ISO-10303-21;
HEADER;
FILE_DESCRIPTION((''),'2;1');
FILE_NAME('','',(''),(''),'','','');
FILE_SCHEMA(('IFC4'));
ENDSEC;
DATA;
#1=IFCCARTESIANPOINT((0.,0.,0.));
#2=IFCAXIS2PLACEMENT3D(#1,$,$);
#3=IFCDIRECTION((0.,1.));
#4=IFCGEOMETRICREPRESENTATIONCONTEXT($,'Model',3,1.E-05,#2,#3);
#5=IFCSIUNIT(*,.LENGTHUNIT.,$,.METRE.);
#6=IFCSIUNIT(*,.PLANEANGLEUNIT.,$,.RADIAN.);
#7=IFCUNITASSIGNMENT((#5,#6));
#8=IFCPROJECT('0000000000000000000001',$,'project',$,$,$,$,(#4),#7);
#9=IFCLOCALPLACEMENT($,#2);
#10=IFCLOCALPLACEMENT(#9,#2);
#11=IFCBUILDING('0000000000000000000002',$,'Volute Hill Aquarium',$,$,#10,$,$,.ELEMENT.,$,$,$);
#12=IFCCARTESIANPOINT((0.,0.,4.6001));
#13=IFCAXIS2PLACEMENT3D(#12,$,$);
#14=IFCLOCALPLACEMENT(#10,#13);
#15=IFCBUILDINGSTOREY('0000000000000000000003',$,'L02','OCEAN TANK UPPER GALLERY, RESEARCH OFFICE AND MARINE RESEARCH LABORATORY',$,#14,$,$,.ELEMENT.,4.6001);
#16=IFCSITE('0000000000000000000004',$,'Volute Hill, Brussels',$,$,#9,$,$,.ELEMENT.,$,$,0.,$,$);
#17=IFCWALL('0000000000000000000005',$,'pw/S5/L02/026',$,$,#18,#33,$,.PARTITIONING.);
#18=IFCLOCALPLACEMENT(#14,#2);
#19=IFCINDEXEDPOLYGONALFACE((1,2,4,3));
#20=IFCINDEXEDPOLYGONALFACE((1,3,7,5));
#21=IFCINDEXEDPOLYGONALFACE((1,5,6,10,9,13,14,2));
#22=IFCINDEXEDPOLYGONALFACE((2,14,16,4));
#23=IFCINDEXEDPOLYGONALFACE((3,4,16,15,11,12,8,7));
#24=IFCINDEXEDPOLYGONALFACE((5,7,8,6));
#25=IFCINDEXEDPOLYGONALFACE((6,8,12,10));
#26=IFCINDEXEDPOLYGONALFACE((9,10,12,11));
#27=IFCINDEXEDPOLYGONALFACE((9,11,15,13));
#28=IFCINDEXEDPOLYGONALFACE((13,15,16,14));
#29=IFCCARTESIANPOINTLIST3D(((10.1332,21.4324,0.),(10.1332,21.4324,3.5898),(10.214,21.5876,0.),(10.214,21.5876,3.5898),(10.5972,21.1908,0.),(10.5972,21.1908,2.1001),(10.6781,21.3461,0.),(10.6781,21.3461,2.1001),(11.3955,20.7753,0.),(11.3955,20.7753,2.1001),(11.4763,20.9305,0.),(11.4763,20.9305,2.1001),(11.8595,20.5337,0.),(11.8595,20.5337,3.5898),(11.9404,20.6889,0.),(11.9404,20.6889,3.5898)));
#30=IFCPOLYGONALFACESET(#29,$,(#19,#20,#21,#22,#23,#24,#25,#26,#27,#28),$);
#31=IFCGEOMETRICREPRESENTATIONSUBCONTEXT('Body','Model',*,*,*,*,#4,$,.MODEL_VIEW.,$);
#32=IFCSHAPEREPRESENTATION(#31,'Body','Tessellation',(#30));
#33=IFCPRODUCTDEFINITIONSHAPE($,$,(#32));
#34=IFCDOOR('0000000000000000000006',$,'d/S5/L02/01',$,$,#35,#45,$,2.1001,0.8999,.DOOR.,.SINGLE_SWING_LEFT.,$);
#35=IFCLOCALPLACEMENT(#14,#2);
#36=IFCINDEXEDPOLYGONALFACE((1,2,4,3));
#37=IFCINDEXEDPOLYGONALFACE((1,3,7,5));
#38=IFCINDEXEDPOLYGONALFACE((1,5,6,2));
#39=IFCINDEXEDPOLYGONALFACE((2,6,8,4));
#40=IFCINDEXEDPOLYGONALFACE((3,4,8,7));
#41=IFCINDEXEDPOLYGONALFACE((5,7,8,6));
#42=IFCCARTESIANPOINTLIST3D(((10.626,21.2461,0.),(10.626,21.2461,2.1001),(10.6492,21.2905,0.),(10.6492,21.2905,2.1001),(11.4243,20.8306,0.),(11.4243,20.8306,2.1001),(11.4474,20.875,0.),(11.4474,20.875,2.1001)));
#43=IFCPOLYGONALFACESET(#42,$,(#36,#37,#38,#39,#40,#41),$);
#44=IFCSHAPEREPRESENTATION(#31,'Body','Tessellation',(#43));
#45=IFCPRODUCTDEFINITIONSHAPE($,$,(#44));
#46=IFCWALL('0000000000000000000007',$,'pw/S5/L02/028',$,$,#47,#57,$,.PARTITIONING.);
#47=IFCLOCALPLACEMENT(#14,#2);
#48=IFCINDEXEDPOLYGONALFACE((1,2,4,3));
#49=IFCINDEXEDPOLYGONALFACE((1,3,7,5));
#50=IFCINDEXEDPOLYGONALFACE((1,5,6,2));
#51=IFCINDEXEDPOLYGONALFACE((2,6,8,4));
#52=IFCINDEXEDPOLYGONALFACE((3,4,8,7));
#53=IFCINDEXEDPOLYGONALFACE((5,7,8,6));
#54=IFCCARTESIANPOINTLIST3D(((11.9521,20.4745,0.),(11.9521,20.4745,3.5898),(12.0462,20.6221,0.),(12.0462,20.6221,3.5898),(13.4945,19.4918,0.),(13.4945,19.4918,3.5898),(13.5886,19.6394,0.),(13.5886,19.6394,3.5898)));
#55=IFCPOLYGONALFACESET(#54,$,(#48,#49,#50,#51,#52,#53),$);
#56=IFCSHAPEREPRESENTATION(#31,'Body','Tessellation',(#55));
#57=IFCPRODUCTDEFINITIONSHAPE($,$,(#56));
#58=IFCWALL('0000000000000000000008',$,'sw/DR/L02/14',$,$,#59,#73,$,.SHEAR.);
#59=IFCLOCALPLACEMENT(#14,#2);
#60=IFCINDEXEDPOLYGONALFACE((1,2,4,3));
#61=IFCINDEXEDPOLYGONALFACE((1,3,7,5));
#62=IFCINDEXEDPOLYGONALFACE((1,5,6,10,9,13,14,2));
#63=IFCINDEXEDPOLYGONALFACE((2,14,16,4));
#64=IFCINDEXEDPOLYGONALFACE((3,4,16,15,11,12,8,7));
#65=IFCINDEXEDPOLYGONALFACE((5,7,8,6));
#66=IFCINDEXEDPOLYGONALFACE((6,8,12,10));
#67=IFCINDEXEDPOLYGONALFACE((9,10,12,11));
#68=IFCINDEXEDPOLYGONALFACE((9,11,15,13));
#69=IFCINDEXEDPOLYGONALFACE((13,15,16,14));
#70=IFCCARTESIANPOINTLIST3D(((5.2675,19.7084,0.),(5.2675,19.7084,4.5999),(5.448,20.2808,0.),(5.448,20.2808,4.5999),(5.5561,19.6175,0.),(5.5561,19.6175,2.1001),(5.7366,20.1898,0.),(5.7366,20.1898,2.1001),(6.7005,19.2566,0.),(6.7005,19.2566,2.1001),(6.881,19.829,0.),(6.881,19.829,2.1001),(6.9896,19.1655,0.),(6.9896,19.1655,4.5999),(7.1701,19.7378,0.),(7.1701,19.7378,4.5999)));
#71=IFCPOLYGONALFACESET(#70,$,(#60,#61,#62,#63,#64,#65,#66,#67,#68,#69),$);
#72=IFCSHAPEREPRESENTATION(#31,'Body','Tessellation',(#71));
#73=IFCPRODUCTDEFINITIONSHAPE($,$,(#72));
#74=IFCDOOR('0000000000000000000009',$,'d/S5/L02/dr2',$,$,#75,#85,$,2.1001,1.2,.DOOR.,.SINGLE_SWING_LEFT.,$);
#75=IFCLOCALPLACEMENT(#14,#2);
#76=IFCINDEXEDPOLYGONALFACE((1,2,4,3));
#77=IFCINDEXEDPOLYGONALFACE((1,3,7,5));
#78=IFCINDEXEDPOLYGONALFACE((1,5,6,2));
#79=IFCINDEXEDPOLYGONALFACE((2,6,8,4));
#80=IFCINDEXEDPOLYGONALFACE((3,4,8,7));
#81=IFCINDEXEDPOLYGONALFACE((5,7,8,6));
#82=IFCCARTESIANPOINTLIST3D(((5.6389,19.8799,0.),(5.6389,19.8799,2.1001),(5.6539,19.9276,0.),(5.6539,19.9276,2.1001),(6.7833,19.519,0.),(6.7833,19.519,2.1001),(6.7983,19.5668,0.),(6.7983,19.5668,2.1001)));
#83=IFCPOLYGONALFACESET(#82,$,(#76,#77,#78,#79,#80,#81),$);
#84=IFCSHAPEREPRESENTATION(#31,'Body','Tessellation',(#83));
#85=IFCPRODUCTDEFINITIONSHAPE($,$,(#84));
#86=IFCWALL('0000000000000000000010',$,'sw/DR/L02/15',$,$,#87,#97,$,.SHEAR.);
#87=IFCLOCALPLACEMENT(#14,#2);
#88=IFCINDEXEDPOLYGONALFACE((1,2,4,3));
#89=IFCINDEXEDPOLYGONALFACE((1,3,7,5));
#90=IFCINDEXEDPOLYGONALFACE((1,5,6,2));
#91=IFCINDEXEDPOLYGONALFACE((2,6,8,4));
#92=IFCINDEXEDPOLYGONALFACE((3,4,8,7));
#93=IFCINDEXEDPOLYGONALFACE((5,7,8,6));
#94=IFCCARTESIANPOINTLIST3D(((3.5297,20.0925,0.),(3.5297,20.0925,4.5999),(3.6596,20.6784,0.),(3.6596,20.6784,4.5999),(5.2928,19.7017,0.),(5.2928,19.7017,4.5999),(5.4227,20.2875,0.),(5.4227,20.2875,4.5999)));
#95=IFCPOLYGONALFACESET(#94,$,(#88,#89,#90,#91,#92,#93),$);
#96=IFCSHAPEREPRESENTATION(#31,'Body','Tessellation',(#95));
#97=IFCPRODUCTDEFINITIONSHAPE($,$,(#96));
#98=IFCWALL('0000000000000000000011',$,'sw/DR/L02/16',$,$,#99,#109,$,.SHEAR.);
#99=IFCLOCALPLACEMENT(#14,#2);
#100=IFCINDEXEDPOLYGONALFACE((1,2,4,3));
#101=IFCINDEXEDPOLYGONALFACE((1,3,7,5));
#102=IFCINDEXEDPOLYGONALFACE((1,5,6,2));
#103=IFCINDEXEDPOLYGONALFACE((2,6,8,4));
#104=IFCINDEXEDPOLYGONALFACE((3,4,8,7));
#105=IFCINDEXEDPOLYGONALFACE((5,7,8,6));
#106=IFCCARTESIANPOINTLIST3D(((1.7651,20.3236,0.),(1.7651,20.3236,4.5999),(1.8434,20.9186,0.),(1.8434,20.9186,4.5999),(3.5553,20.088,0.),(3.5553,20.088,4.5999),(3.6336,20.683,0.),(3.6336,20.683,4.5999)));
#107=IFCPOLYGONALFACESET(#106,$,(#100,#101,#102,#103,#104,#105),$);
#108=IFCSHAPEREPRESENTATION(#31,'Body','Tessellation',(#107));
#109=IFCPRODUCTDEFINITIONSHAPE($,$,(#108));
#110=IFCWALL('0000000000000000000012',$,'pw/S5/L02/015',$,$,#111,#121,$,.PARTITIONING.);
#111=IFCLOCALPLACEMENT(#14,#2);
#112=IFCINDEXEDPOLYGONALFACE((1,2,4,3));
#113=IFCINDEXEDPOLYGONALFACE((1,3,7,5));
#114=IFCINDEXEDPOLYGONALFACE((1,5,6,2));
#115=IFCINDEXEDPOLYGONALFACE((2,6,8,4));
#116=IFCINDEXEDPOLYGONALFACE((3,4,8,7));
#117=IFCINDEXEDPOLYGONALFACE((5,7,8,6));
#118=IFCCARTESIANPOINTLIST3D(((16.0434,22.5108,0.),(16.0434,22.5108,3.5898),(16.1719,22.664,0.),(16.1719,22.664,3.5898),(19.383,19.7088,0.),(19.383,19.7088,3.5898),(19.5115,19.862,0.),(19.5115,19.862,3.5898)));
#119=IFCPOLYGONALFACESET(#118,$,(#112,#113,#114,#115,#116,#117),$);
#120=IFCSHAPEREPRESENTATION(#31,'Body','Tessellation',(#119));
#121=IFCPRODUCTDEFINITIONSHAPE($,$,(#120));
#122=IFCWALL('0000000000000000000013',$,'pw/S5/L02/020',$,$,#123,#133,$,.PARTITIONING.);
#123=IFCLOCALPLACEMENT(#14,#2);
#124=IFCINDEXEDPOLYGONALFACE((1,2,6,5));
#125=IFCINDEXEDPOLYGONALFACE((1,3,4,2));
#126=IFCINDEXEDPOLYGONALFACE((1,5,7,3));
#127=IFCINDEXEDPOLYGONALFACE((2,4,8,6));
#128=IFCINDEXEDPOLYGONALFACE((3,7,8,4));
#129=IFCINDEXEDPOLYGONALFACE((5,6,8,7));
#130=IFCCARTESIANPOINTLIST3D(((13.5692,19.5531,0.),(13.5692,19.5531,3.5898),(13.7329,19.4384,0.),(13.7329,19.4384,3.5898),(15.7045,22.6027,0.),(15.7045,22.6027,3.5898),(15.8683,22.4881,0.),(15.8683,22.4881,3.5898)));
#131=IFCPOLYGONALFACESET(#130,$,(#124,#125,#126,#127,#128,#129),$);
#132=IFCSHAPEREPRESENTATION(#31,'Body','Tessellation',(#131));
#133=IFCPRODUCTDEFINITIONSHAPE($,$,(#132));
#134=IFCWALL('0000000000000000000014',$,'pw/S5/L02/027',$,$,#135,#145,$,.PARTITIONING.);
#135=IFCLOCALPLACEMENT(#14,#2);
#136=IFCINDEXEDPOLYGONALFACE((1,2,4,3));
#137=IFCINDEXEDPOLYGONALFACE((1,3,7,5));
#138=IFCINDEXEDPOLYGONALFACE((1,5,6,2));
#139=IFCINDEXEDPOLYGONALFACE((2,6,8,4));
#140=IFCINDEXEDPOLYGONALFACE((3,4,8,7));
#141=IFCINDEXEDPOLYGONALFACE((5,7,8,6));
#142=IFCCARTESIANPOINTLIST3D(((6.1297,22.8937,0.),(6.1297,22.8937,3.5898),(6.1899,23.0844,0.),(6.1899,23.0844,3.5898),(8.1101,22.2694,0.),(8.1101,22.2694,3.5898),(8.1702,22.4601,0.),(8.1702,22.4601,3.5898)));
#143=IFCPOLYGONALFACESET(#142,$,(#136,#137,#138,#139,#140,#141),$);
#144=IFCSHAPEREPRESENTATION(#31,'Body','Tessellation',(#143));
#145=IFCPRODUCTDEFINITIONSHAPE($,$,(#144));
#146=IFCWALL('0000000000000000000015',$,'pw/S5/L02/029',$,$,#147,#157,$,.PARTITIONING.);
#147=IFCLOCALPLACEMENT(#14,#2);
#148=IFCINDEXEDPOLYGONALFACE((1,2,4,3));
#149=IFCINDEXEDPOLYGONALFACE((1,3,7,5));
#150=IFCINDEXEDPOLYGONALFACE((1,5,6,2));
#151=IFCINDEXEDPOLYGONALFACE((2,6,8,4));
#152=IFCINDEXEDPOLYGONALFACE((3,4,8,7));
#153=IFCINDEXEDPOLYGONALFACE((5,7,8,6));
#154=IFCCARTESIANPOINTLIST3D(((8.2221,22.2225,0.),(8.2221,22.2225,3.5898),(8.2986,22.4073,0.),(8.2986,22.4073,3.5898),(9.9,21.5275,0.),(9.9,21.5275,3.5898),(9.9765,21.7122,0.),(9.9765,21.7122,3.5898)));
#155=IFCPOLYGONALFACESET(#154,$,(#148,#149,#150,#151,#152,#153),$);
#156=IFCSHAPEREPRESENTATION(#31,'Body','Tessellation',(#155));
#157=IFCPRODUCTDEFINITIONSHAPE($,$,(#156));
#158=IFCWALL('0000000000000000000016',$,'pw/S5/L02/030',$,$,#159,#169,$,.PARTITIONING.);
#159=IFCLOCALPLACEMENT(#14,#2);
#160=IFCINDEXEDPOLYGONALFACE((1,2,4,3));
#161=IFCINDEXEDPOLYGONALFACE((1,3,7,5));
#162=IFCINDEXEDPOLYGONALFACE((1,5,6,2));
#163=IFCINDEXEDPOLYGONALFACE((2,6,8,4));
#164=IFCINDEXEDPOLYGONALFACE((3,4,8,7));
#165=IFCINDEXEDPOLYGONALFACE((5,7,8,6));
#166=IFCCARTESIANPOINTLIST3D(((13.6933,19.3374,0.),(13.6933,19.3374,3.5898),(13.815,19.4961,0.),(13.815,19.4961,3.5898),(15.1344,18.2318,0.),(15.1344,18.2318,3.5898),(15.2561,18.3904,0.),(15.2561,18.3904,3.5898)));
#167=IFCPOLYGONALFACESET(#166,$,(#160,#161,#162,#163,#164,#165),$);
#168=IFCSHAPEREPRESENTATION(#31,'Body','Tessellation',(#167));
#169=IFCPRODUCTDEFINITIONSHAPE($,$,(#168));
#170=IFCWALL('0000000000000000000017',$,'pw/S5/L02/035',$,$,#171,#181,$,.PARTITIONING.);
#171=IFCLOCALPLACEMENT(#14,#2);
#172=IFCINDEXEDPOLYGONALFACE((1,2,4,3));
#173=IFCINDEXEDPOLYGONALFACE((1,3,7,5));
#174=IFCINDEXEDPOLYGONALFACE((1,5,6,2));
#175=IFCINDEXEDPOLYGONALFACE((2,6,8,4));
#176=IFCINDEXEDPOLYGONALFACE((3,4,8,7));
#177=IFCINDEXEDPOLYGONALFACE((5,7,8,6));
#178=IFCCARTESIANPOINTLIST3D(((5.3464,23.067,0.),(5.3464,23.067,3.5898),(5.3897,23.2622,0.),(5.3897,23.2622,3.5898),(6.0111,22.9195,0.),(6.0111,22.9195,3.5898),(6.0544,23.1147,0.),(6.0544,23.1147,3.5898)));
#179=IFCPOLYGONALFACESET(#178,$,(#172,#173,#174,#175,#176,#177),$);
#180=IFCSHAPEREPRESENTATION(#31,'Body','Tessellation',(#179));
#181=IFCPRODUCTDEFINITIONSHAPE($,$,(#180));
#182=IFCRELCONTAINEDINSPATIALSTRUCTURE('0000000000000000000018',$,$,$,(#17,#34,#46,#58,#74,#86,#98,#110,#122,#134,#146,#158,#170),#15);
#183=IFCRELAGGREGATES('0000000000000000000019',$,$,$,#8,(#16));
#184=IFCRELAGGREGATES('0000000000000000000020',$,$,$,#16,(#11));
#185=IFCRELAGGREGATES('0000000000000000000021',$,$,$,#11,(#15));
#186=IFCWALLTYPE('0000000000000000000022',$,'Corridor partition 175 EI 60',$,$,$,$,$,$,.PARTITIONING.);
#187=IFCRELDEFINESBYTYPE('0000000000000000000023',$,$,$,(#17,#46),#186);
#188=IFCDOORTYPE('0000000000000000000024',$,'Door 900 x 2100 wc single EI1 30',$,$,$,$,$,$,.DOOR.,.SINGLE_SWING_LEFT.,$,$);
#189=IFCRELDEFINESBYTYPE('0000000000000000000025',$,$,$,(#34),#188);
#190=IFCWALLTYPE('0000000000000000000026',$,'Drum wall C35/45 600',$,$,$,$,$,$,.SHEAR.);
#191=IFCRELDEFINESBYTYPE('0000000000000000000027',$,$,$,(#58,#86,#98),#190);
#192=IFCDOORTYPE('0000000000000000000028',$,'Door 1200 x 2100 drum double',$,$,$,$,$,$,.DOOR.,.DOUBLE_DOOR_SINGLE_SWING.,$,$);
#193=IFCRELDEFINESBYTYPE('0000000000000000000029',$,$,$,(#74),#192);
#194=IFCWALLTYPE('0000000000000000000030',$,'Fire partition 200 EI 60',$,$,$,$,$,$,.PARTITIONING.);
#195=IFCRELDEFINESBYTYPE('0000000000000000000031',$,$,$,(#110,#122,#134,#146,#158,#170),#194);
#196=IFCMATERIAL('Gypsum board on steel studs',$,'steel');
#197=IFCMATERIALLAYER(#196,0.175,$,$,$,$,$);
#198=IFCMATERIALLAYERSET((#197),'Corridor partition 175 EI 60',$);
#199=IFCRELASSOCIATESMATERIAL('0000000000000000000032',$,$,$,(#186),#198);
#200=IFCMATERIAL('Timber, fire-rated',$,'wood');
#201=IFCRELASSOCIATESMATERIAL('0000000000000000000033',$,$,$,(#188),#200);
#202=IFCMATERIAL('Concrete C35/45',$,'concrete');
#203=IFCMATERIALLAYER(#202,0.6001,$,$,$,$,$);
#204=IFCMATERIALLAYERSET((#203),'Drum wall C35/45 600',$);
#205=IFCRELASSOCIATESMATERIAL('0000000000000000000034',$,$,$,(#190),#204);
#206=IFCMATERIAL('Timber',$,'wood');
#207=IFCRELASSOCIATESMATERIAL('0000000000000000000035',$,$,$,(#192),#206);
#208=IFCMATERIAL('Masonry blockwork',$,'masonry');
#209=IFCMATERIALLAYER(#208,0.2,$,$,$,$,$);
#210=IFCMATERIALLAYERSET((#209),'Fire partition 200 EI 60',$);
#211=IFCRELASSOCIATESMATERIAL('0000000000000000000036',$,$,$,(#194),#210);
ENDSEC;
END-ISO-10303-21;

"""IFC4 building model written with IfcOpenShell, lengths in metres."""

from ifc_helpers import new_model, si_unit, direction, frame, frame_2d, origin, place, context, subcontext, project, spatial, rectangle, extrude, material, layer, layer_set, type_object, element, fill, save


model = new_model("IFC4")

# Units and contexts
model_context = context("Model", 3, precision=1e-05, world=origin(), true_north=direction((0.0, 1.0)))
body_context = subcontext(model_context, "Body", "Model", "MODEL_VIEW")
ifc_project = project(units=[si_unit("LENGTHUNIT", "METRE"), si_unit("PLANEANGLEUNIT", "RADIAN")], contexts=[model_context])

# Site, building, storey
site_placement = place(None, origin())
site = spatial("IfcSite", under=ifc_project, at=site_placement, Name="Volute Hill, Brussels", CompositionType="ELEMENT", RefElevation=0.0)
building_placement = place(site_placement, origin())
building = spatial("IfcBuilding", under=site, at=building_placement, Name="Volute Hill Aquarium", CompositionType="ELEMENT")
storey_placement = place(building_placement, frame((0.0, 0.0, 4.6001)))
storey = spatial("IfcBuildingStorey", under=building, at=storey_placement, Name="L02", Description="OCEAN TANK UPPER GALLERY, RESEARCH OFFICE AND MARINE RESEARCH LABORATORY", CompositionType="ELEMENT", Elevation=4.6001)

# Wall, opening, door
ifc_material_1 = material(Name="Gypsum board on steel studs", Category="steel")
ifc_layer_1 = layer(ifc_material_1, 0.175)
ifc_layer_set_1 = layer_set([ifc_layer_1], Name="Corridor partition 175 EI 60")
wall_type_1 = type_object("IfcWallType", Name="Corridor partition 175 EI 60", PredefinedType="PARTITIONING", material=ifc_layer_set_1)
wall_1_placement = place(storey_placement, frame((10.1736, 21.51, 0.0), z_axis=(0.0, 0.0, 1.0), x_axis=(0.887007, -0.461756, 0.0)))
wall_1 = element("IfcWall", 1, at=wall_1_placement, inside=storey, type_object=wall_type_1, Name="pw/S5/L02/026", PredefinedType="PARTITIONING", context=body_context, shape_type="SweptSolid", body=[
    extrude(rectangle(XDim=1.9463, YDim=0.175, at=frame_2d((0.9731, 0.0))), origin(), (0.0, 0.0, 1.0), 3.5898),
])
opening_1_placement = place(wall_1_placement, frame((0.5232, 0.0, 0.0)))
opening_1 = element("IfcOpeningElement", 2, at=opening_1_placement, cuts=wall_1, PredefinedType="OPENING", context=body_context, shape_type="SweptSolid", body=[
    extrude(rectangle(XDim=0.8999, YDim=2.1001, at=frame_2d((0.45, 1.05))), frame((0.0, 0.0974, 0.0), z_axis=(0.0, -1.0, 0.0), x_axis=(1.0, 0.0, 0.0)), (0.0, 0.0, 1.0), 0.1951),
])
ifc_material_2 = material(Name="Timber, fire-rated", Category="wood")
door_type_1 = type_object("IfcDoorType", Name="Door 900 x 2100 wc single EI1 30", OperationType="SINGLE_SWING_LEFT", PredefinedType="DOOR", material=ifc_material_2)
door_1_placement = place(opening_1_placement, origin())
door_1 = element("IfcDoor", 3, at=door_1_placement, inside=storey, type_object=door_type_1, Name="d/S5/L02/01", OperationType="SINGLE_SWING_LEFT", OverallHeight=2.1001, OverallWidth=0.8999, PredefinedType="DOOR", context=body_context, shape_type="SweptSolid", body=[
    extrude(rectangle(XDim=0.8999, YDim=2.1001, at=frame_2d((0.45, 1.05))), frame((0.0, 0.0249, 0.0), z_axis=(0.0, -1.0, 0.0), x_axis=(1.0, 0.0, 0.0)), (0.0, 0.0, 1.0), 0.05),
])
fill(opening_1, door_1)

# Wall
wall_2_placement = place(storey_placement, frame((11.999, 20.5483, 0.0), z_axis=(0.0, 0.0, 1.0), x_axis=(0.843392, -0.537299, 0.0)))
element("IfcWall", 4, at=wall_2_placement, inside=storey, type_object=wall_type_1, Name="pw/S5/L02/028", PredefinedType="PARTITIONING", context=body_context, shape_type="SweptSolid", body=[
    extrude(rectangle(XDim=1.8289, YDim=0.175, at=frame_2d((0.9146, 0.0))), origin(), (0.0, 0.0, 1.0), 3.5898),
])

# Wall, opening, door
ifc_material_3 = material(Name="Concrete C35/45", Category="concrete")
ifc_layer_2 = layer(ifc_material_3, 0.6001)
ifc_layer_set_2 = layer_set([ifc_layer_2], Name="Drum wall C35/45 600")
wall_type_2 = type_object("IfcWallType", Name="Drum wall C35/45 600", PredefinedType="SHEAR", material=ifc_layer_set_2)
wall_3_placement = place(storey_placement, frame((7.0798, 19.4517, 0.0), z_axis=(0.0, 0.0, 1.0), x_axis=(-0.953722, 0.300691, 0.0)))
wall_3 = element("IfcWall", 5, at=wall_3_placement, inside=storey, type_object=wall_type_2, Name="sw/DR/L02/14", PredefinedType="SHEAR", context=body_context, shape_type="SweptSolid", body=[
    extrude(rectangle(XDim=1.8057, YDim=0.6001, at=frame_2d((0.9028, 0.0))), origin(), (0.0, 0.0, 1.0), 4.5999),
])
opening_2_placement = place(wall_3_placement, frame((0.303, 0.0, 0.0)))
opening_2 = element("IfcOpeningElement", 6, at=opening_2_placement, cuts=wall_3, PredefinedType="OPENING", context=body_context, shape_type="SweptSolid", body=[
    extrude(rectangle(XDim=1.2, YDim=2.1001, at=frame_2d((0.6001, 1.05))), frame((0.0, 0.3101, 0.0), z_axis=(0.0, -1.0, 0.0), x_axis=(1.0, 0.0, 0.0)), (0.0, 0.0, 1.0), 0.6201),
])
ifc_material_4 = material(Name="Timber", Category="wood")
door_type_2 = type_object("IfcDoorType", Name="Door 1200 x 2100 drum double", OperationType="DOUBLE_DOOR_SINGLE_SWING", PredefinedType="DOOR", material=ifc_material_4)
door_2_placement = place(opening_2_placement, origin())
door_2 = element("IfcDoor", 7, at=door_2_placement, inside=storey, type_object=door_type_2, Name="d/S5/L02/dr2", OperationType="SINGLE_SWING_LEFT", OverallHeight=2.1001, OverallWidth=1.2, PredefinedType="DOOR", context=body_context, shape_type="SweptSolid", body=[
    extrude(rectangle(XDim=1.2, YDim=2.1001, at=frame_2d((0.6001, 1.05))), frame((0.0, 0.0249, 0.0), z_axis=(0.0, -1.0, 0.0), x_axis=(1.0, 0.0, 0.0)), (0.0, 0.0, 1.0), 0.05),
])
fill(opening_2, door_2)

# Walls
wall_4_placement = place(storey_placement, frame((5.3577, 19.9946, 0.0), z_axis=(0.0, 0.0, 1.0), x_axis=(-0.976298, 0.216429, 0.0)))
element("IfcWall", 8, at=wall_4_placement, inside=storey, type_object=wall_type_2, Name="sw/DR/L02/15", PredefinedType="SHEAR", context=body_context, shape_type="SweptSolid", body=[
    extrude(rectangle(XDim=1.8059, YDim=0.6001, at=frame_2d((0.9028, 0.0))), origin(), (0.0, 0.0, 1.0), 4.5999),
])
wall_5_placement = place(storey_placement, frame((3.5945, 20.3855, 0.0), z_axis=(0.0, 0.0, 1.0), x_axis=(-0.991452, 0.130472, 0.0)))
element("IfcWall", 9, at=wall_5_placement, inside=storey, type_object=wall_type_2, Name="sw/DR/L02/16", PredefinedType="SHEAR", context=body_context, shape_type="SweptSolid", body=[
    extrude(rectangle(XDim=1.8057, YDim=0.6001, at=frame_2d((0.9028, 0.0))), origin(), (0.0, 0.0, 1.0), 4.5999),
])
ifc_material_5 = material(Name="Masonry blockwork", Category="masonry")
ifc_layer_3 = layer(ifc_material_5, 0.2)
ifc_layer_set_3 = layer_set([ifc_layer_3], Name="Fire partition 200 EI 60")
wall_type_3 = type_object("IfcWallType", Name="Fire partition 200 EI 60", PredefinedType="PARTITIONING", material=ifc_layer_set_3)
wall_6_placement = place(storey_placement, frame((16.1077, 22.5874, 0.0), z_axis=(0.0, 0.0, 1.0), x_axis=(0.766073, -0.642753, 0.0)))
element("IfcWall", 10, at=wall_6_placement, inside=storey, type_object=wall_type_3, Name="pw/S5/L02/015", PredefinedType="PARTITIONING", context=body_context, shape_type="SweptSolid", body=[
    extrude(rectangle(XDim=4.3594, YDim=0.2, at=frame_2d((2.1797, 0.0))), origin(), (0.0, 0.0, 1.0), 3.5898),
])
wall_7_placement = place(storey_placement, frame((13.6511, 19.4958, 0.0), z_axis=(0.0, 0.0, 1.0), x_axis=(0.573564, 0.819161, 0.0)))
element("IfcWall", 11, at=wall_7_placement, inside=storey, type_object=wall_type_3, Name="pw/S5/L02/020", PredefinedType="PARTITIONING", context=body_context, shape_type="SweptSolid", body=[
    extrude(rectangle(XDim=3.7229, YDim=0.2, at=frame_2d((1.8613, 0.0))), origin(), (0.0, 0.0, 1.0), 3.5898),
])
wall_8_placement = place(storey_placement, frame((6.1599, 22.989, 0.0), z_axis=(0.0, 0.0, 1.0), x_axis=(0.95373, -0.300664, 0.0)))
element("IfcWall", 12, at=wall_8_placement, inside=storey, type_object=wall_type_3, Name="pw/S5/L02/027", PredefinedType="PARTITIONING", context=body_context, shape_type="SweptSolid", body=[
    extrude(rectangle(XDim=2.0764, YDim=0.2, at=frame_2d((1.0381, 0.0))), origin(), (0.0, 0.0, 1.0), 3.5898),
])
wall_9_placement = place(storey_placement, frame((8.2603, 22.3149, 0.0), z_axis=(0.0, 0.0, 1.0), x_axis=(0.923874, -0.382696, 0.0)))
element("IfcWall", 13, at=wall_9_placement, inside=storey, type_object=wall_type_3, Name="pw/S5/L02/029", PredefinedType="PARTITIONING", context=body_context, shape_type="SweptSolid", body=[
    extrude(rectangle(XDim=1.8162, YDim=0.2, at=frame_2d((0.9082, 0.0))), origin(), (0.0, 0.0, 1.0), 3.5898),
])
wall_10_placement = place(storey_placement, frame((13.7542, 19.4167, 0.0), z_axis=(0.0, 0.0, 1.0), x_axis=(0.793388, -0.608716, 0.0)))
element("IfcWall", 14, at=wall_10_placement, inside=storey, type_object=wall_type_3, Name="pw/S5/L02/030", PredefinedType="PARTITIONING", context=body_context, shape_type="SweptSolid", body=[
    extrude(rectangle(XDim=1.8164, YDim=0.2, at=frame_2d((0.9082, 0.0))), origin(), (0.0, 0.0, 1.0), 3.5898),
])
wall_11_placement = place(storey_placement, frame((5.3682, 23.1646, 0.0), z_axis=(0.0, 0.0, 1.0), x_axis=(0.976271, -0.216551, 0.0)))
element("IfcWall", 15, at=wall_11_placement, inside=storey, type_object=wall_type_3, Name="pw/S5/L02/035", PredefinedType="PARTITIONING", context=body_context, shape_type="SweptSolid", body=[
    extrude(rectangle(XDim=0.6809, YDim=0.2, at=frame_2d((0.3403, 0.0))), origin(), (0.0, 0.0, 1.0), 3.5898),
])

save(model, "model.ifc")
